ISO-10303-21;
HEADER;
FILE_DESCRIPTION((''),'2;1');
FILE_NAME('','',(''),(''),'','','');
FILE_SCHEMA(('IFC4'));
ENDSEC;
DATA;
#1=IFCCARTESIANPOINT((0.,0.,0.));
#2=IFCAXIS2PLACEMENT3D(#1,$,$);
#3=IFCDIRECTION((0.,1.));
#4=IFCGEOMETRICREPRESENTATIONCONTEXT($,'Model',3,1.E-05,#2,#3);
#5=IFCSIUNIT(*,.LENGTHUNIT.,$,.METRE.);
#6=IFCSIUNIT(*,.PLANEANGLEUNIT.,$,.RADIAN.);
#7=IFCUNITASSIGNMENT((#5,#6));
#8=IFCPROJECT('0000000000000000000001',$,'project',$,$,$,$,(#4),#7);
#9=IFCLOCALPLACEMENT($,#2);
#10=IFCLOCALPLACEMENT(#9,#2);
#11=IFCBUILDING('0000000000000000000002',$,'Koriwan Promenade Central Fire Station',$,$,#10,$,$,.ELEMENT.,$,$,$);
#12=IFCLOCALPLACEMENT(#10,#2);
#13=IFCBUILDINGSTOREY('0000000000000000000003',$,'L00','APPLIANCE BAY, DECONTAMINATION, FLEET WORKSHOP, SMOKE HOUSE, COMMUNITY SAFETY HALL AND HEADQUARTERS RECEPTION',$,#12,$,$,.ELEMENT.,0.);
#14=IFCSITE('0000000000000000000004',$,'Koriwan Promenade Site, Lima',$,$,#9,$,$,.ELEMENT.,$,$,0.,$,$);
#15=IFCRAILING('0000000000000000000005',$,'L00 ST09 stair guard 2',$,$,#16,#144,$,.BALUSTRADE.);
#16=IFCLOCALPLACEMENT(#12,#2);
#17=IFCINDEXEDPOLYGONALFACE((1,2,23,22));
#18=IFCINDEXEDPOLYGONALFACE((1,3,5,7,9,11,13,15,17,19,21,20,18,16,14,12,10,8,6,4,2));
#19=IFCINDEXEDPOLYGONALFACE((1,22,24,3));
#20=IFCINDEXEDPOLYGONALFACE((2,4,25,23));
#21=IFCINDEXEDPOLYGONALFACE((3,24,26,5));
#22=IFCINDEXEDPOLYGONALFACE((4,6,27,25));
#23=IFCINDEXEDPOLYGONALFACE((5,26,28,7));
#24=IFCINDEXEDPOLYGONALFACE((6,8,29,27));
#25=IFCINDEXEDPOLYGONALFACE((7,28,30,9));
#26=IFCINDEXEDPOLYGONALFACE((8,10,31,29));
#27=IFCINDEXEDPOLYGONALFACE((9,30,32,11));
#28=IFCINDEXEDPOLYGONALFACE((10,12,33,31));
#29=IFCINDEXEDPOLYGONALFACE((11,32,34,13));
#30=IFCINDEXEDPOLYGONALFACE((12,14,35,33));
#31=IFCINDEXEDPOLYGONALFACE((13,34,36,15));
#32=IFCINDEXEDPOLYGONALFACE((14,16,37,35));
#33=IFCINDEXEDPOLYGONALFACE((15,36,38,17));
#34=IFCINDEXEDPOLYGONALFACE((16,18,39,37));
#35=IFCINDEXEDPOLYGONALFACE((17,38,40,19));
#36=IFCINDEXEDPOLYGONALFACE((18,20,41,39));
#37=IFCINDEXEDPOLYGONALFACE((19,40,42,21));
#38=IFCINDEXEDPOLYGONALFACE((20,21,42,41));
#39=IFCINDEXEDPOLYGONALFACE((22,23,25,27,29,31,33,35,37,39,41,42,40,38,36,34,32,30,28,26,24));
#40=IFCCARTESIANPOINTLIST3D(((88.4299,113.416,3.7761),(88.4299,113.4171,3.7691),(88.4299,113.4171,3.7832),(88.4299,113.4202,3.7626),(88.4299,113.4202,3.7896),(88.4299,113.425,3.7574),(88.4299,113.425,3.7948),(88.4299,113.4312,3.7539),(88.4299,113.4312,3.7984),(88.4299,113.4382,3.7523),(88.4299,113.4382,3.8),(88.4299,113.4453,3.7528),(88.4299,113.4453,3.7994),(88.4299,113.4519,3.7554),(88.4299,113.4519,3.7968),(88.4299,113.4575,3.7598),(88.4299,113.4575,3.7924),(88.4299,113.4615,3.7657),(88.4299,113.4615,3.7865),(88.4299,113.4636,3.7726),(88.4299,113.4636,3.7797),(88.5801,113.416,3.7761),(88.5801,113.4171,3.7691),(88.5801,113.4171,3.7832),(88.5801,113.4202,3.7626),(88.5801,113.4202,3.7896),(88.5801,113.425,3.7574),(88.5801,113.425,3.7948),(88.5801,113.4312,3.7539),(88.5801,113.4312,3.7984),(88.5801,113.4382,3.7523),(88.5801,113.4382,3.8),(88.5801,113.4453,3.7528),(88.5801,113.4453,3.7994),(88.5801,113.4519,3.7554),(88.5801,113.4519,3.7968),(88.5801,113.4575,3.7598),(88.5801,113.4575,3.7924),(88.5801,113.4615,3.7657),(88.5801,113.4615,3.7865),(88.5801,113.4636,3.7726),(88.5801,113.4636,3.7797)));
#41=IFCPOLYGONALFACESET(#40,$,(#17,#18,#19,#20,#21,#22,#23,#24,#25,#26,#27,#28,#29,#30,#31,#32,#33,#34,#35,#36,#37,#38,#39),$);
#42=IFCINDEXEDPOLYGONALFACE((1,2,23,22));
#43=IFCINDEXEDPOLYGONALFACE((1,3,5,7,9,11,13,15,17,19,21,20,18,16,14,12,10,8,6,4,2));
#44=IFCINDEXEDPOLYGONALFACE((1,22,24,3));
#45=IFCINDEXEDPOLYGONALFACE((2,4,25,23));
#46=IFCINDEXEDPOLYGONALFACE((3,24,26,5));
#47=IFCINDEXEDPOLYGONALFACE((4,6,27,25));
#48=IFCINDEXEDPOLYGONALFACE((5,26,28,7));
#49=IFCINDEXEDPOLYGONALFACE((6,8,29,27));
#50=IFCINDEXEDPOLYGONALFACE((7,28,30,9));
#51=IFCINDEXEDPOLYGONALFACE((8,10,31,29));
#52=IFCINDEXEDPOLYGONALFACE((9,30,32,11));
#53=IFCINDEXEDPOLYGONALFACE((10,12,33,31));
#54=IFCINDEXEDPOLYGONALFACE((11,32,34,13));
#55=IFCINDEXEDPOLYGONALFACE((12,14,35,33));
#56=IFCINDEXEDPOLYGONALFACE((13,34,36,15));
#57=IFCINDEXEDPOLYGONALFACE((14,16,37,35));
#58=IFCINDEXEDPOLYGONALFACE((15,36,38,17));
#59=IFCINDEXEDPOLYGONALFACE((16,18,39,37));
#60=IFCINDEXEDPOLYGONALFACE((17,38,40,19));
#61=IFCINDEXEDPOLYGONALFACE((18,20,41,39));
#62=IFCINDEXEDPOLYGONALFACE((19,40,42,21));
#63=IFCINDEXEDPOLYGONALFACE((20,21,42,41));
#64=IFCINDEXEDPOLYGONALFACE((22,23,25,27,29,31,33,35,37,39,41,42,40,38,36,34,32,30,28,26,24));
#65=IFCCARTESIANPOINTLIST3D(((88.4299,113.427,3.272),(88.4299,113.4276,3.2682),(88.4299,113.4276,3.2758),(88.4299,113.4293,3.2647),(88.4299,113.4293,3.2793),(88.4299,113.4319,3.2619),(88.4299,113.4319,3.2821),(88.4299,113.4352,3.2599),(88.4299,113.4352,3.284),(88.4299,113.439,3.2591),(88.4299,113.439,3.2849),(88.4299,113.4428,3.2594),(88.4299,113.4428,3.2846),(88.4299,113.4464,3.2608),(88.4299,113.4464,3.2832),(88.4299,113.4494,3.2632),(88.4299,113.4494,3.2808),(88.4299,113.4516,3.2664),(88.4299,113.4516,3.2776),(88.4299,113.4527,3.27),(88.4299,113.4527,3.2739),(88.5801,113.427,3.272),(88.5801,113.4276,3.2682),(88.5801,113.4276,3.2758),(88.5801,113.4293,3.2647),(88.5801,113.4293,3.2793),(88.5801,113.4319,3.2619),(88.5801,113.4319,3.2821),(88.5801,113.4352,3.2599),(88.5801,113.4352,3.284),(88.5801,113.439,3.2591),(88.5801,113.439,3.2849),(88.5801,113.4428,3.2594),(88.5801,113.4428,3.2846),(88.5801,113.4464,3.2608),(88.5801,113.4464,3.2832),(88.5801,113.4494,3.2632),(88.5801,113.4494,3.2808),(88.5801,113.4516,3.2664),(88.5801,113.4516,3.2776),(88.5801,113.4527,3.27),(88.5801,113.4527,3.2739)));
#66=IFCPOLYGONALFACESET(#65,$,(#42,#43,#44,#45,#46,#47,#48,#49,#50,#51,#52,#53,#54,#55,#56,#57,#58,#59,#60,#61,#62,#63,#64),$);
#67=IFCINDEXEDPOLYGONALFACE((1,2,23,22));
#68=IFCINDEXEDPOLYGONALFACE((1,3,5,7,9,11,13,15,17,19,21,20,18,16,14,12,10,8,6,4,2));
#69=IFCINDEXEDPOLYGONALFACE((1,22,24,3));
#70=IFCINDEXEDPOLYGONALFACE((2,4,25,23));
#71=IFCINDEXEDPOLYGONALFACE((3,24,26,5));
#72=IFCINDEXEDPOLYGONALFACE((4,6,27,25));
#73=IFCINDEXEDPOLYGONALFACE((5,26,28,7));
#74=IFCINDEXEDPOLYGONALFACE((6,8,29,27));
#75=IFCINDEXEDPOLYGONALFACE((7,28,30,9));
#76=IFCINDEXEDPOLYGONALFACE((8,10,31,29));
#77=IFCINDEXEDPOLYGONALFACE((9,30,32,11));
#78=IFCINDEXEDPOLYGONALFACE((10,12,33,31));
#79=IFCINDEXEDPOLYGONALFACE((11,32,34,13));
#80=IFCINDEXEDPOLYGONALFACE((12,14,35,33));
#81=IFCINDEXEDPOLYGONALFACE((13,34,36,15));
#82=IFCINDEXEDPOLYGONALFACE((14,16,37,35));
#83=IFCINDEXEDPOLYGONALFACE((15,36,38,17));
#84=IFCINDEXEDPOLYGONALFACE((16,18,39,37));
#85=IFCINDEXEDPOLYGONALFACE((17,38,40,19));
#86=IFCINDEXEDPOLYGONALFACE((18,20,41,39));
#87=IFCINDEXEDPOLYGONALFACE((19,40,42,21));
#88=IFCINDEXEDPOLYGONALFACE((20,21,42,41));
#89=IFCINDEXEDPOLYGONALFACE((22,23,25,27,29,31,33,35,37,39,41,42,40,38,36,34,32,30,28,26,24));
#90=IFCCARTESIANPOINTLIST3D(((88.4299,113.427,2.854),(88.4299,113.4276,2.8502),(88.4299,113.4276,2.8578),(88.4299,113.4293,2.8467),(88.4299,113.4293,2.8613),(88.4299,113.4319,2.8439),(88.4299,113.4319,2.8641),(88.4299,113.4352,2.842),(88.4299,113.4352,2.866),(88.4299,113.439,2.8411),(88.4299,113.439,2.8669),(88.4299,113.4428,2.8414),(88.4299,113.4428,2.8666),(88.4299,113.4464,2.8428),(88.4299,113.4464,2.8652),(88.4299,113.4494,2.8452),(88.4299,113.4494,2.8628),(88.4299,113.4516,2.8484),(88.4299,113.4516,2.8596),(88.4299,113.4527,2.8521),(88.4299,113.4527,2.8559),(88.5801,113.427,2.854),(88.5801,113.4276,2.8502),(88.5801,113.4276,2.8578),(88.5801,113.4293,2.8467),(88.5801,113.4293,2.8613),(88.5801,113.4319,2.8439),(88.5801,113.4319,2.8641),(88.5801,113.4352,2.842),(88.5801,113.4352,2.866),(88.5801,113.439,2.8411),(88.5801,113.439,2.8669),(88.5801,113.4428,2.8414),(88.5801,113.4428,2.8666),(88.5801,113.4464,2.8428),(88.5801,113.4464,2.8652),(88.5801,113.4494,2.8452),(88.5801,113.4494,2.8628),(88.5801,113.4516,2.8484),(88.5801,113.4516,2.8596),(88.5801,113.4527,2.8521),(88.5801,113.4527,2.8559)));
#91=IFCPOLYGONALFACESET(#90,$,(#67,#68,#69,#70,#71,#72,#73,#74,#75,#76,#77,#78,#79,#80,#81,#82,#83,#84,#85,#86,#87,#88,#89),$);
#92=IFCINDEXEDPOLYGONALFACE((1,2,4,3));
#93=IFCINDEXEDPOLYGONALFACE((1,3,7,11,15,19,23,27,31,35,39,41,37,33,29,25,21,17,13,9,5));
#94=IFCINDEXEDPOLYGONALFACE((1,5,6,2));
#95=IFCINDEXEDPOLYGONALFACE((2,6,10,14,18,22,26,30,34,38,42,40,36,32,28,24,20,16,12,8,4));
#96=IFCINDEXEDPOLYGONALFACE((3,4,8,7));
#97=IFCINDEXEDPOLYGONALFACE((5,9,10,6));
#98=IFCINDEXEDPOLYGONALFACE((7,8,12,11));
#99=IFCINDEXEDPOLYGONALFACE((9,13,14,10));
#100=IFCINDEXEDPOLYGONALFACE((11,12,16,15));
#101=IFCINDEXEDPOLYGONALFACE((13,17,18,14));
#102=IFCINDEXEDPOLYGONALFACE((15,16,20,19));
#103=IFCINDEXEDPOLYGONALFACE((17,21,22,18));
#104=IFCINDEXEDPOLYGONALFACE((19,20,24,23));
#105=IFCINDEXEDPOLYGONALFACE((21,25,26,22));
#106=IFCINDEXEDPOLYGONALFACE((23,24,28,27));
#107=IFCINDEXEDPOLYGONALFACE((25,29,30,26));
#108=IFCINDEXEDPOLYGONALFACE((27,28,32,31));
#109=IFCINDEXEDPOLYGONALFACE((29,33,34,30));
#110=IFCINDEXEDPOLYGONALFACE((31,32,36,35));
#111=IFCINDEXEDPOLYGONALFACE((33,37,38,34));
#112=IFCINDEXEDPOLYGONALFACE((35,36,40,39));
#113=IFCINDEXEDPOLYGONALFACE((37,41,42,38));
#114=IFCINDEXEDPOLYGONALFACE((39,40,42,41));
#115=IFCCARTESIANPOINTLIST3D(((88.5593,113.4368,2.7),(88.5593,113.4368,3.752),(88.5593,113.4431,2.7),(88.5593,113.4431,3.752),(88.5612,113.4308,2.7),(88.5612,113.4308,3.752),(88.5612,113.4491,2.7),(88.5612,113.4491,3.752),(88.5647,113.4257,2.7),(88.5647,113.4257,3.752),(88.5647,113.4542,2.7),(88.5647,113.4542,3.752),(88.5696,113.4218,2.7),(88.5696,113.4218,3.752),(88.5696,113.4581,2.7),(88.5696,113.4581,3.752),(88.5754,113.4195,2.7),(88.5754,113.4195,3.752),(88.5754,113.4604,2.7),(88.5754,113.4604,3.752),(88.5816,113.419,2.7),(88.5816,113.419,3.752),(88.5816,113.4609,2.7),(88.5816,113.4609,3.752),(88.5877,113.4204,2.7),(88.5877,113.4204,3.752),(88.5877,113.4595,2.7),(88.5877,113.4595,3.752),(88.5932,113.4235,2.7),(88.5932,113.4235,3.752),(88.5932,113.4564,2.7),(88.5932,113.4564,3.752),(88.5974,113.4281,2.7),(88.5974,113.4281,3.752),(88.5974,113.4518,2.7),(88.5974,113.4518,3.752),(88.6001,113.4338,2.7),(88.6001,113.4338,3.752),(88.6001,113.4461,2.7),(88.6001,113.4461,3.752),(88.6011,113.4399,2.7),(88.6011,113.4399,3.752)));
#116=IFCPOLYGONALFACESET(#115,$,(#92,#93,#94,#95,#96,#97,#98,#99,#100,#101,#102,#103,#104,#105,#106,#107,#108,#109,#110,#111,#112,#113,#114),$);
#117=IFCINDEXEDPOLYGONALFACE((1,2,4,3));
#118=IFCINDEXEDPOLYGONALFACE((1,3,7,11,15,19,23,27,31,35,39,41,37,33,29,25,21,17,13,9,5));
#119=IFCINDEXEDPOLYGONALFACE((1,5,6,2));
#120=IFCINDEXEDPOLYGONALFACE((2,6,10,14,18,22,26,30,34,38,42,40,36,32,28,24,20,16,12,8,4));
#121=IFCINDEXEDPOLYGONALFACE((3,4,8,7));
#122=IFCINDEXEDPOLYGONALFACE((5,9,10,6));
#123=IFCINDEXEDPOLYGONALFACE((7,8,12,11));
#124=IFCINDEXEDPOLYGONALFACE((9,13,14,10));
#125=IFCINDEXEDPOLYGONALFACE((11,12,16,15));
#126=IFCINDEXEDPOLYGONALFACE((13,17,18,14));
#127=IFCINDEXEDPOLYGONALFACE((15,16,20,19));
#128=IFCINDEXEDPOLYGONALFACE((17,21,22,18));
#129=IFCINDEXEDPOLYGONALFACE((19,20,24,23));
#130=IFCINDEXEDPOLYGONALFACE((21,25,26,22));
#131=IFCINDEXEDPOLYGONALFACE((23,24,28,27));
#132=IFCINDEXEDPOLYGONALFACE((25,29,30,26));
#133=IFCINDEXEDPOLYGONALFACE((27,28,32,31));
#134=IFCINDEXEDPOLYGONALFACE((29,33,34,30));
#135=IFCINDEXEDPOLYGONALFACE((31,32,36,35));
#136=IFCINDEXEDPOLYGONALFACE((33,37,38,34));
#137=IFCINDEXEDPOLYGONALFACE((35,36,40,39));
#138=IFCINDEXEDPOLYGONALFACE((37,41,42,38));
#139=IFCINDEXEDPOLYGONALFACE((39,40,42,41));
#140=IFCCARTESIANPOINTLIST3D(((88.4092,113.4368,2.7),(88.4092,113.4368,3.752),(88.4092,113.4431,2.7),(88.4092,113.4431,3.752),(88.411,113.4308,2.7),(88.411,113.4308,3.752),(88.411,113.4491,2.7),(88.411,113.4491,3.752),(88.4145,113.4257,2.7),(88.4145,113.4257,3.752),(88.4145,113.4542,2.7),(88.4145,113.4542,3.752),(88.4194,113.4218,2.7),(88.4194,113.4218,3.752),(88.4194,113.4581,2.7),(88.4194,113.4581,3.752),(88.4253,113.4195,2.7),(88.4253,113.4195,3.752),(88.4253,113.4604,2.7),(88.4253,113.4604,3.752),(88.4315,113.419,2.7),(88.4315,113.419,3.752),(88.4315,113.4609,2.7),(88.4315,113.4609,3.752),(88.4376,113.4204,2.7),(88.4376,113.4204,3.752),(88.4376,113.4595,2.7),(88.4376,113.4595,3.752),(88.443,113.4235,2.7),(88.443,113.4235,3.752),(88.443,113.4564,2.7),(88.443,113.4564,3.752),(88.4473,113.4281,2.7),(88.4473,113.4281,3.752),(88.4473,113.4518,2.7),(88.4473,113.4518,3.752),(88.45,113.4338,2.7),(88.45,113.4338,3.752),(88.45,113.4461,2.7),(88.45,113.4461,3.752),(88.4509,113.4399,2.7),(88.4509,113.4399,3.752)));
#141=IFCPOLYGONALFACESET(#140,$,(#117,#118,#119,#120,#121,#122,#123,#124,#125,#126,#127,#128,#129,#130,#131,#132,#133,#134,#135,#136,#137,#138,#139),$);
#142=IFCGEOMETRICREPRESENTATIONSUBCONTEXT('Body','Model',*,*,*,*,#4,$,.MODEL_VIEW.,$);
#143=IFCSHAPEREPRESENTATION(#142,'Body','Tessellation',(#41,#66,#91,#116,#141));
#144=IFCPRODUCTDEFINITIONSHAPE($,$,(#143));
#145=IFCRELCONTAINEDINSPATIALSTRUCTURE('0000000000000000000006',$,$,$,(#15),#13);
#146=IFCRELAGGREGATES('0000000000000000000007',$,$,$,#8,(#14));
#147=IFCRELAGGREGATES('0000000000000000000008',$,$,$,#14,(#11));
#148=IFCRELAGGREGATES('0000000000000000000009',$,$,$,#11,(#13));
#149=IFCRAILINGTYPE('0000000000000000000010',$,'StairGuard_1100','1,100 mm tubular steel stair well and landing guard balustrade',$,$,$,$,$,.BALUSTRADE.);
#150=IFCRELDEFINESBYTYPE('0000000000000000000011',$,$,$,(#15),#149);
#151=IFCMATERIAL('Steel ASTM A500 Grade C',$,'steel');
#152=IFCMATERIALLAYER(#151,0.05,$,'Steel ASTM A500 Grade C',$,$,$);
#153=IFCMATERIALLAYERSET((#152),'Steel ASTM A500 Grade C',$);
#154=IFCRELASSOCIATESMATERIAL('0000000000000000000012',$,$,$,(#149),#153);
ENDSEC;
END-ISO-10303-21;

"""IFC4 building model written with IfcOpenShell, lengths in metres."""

from ifc_helpers import new_model, si_unit, direction, frame, origin, origin_2d, place, context, subcontext, project, spatial, circle, extrude, material, layer, layer_set, type_object, element, save


model = new_model("IFC4")

# Units and contexts
model_context = context("Model", 3, precision=1e-05, world=origin(), true_north=direction((0.0, 1.0)))
body_context = subcontext(model_context, "Body", "Model", "MODEL_VIEW")
ifc_project = project(units=[si_unit("LENGTHUNIT", "METRE"), si_unit("PLANEANGLEUNIT", "RADIAN")], contexts=[model_context])

# Site, building, storey
site_placement = place(None, origin())
site = spatial("IfcSite", under=ifc_project, at=site_placement, Name="Koriwan Promenade Site, Lima", CompositionType="ELEMENT", RefElevation=0.0)
building_placement = place(site_placement, origin())
building = spatial("IfcBuilding", under=site, at=building_placement, Name="Koriwan Promenade Central Fire Station", CompositionType="ELEMENT")
storey_placement = place(building_placement, origin())
storey = spatial("IfcBuildingStorey", under=building, at=storey_placement, Name="L00", Description="APPLIANCE BAY, DECONTAMINATION, FLEET WORKSHOP, SMOKE HOUSE, COMMUNITY SAFETY HALL AND HEADQUARTERS RECEPTION", CompositionType="ELEMENT", Elevation=0.0)

# Railing
ifc_material_1 = material(Name="Steel ASTM A500 Grade C", Category="steel")
ifc_layer_1 = layer(ifc_material_1, 0.05, Name="Steel ASTM A500 Grade C")
ifc_layer_set_1 = layer_set([ifc_layer_1], Name="Steel ASTM A500 Grade C")
railing_type = type_object("IfcRailingType", Name="StairGuard_1100", Description="1,100 mm tubular steel stair well and landing guard balustrade", PredefinedType="BALUSTRADE", material=ifc_layer_set_1)
railing_1_placement = place(storey_placement, frame((88.5801, 113.4399, 2.7)))
element("IfcRailing", 1, at=railing_1_placement, inside=storey, type_object=railing_type, Name="L00 ST09 stair guard 2", PredefinedType="BALUSTRADE", context=body_context, shape_type="SweptSolid", body=[
    extrude(circle(Radius=0.0239, at=origin_2d()), frame((0.0, 0.0, 1.0762), z_axis=(-1.0, 0.0, 0.0), x_axis=(0.0, -1.0, 0.0)), (0.0, 0.0, 1.0), 0.1501),
    extrude(circle(Radius=0.0129, at=origin_2d()), frame((0.0, 0.0, 0.572), z_axis=(-1.0, 0.0, 0.0), x_axis=(0.0, -1.0, 0.0)), (0.0, 0.0, 1.0), 0.1501),
    extrude(circle(Radius=0.0129, at=origin_2d()), frame((0.0, 0.0, 0.1541), z_axis=(-1.0, 0.0, 0.0), x_axis=(0.0, -1.0, 0.0)), (0.0, 0.0, 1.0), 0.1501),
    extrude(circle(Radius=0.021, at=origin_2d()), origin(), (0.0, 0.0, 1.0), 1.052),
    extrude(circle(Radius=0.021, at=origin_2d()), frame((-0.1501, 0.0, 0.0)), (0.0, 0.0, 1.0), 1.052),
])

save(model, "model.ifc")
